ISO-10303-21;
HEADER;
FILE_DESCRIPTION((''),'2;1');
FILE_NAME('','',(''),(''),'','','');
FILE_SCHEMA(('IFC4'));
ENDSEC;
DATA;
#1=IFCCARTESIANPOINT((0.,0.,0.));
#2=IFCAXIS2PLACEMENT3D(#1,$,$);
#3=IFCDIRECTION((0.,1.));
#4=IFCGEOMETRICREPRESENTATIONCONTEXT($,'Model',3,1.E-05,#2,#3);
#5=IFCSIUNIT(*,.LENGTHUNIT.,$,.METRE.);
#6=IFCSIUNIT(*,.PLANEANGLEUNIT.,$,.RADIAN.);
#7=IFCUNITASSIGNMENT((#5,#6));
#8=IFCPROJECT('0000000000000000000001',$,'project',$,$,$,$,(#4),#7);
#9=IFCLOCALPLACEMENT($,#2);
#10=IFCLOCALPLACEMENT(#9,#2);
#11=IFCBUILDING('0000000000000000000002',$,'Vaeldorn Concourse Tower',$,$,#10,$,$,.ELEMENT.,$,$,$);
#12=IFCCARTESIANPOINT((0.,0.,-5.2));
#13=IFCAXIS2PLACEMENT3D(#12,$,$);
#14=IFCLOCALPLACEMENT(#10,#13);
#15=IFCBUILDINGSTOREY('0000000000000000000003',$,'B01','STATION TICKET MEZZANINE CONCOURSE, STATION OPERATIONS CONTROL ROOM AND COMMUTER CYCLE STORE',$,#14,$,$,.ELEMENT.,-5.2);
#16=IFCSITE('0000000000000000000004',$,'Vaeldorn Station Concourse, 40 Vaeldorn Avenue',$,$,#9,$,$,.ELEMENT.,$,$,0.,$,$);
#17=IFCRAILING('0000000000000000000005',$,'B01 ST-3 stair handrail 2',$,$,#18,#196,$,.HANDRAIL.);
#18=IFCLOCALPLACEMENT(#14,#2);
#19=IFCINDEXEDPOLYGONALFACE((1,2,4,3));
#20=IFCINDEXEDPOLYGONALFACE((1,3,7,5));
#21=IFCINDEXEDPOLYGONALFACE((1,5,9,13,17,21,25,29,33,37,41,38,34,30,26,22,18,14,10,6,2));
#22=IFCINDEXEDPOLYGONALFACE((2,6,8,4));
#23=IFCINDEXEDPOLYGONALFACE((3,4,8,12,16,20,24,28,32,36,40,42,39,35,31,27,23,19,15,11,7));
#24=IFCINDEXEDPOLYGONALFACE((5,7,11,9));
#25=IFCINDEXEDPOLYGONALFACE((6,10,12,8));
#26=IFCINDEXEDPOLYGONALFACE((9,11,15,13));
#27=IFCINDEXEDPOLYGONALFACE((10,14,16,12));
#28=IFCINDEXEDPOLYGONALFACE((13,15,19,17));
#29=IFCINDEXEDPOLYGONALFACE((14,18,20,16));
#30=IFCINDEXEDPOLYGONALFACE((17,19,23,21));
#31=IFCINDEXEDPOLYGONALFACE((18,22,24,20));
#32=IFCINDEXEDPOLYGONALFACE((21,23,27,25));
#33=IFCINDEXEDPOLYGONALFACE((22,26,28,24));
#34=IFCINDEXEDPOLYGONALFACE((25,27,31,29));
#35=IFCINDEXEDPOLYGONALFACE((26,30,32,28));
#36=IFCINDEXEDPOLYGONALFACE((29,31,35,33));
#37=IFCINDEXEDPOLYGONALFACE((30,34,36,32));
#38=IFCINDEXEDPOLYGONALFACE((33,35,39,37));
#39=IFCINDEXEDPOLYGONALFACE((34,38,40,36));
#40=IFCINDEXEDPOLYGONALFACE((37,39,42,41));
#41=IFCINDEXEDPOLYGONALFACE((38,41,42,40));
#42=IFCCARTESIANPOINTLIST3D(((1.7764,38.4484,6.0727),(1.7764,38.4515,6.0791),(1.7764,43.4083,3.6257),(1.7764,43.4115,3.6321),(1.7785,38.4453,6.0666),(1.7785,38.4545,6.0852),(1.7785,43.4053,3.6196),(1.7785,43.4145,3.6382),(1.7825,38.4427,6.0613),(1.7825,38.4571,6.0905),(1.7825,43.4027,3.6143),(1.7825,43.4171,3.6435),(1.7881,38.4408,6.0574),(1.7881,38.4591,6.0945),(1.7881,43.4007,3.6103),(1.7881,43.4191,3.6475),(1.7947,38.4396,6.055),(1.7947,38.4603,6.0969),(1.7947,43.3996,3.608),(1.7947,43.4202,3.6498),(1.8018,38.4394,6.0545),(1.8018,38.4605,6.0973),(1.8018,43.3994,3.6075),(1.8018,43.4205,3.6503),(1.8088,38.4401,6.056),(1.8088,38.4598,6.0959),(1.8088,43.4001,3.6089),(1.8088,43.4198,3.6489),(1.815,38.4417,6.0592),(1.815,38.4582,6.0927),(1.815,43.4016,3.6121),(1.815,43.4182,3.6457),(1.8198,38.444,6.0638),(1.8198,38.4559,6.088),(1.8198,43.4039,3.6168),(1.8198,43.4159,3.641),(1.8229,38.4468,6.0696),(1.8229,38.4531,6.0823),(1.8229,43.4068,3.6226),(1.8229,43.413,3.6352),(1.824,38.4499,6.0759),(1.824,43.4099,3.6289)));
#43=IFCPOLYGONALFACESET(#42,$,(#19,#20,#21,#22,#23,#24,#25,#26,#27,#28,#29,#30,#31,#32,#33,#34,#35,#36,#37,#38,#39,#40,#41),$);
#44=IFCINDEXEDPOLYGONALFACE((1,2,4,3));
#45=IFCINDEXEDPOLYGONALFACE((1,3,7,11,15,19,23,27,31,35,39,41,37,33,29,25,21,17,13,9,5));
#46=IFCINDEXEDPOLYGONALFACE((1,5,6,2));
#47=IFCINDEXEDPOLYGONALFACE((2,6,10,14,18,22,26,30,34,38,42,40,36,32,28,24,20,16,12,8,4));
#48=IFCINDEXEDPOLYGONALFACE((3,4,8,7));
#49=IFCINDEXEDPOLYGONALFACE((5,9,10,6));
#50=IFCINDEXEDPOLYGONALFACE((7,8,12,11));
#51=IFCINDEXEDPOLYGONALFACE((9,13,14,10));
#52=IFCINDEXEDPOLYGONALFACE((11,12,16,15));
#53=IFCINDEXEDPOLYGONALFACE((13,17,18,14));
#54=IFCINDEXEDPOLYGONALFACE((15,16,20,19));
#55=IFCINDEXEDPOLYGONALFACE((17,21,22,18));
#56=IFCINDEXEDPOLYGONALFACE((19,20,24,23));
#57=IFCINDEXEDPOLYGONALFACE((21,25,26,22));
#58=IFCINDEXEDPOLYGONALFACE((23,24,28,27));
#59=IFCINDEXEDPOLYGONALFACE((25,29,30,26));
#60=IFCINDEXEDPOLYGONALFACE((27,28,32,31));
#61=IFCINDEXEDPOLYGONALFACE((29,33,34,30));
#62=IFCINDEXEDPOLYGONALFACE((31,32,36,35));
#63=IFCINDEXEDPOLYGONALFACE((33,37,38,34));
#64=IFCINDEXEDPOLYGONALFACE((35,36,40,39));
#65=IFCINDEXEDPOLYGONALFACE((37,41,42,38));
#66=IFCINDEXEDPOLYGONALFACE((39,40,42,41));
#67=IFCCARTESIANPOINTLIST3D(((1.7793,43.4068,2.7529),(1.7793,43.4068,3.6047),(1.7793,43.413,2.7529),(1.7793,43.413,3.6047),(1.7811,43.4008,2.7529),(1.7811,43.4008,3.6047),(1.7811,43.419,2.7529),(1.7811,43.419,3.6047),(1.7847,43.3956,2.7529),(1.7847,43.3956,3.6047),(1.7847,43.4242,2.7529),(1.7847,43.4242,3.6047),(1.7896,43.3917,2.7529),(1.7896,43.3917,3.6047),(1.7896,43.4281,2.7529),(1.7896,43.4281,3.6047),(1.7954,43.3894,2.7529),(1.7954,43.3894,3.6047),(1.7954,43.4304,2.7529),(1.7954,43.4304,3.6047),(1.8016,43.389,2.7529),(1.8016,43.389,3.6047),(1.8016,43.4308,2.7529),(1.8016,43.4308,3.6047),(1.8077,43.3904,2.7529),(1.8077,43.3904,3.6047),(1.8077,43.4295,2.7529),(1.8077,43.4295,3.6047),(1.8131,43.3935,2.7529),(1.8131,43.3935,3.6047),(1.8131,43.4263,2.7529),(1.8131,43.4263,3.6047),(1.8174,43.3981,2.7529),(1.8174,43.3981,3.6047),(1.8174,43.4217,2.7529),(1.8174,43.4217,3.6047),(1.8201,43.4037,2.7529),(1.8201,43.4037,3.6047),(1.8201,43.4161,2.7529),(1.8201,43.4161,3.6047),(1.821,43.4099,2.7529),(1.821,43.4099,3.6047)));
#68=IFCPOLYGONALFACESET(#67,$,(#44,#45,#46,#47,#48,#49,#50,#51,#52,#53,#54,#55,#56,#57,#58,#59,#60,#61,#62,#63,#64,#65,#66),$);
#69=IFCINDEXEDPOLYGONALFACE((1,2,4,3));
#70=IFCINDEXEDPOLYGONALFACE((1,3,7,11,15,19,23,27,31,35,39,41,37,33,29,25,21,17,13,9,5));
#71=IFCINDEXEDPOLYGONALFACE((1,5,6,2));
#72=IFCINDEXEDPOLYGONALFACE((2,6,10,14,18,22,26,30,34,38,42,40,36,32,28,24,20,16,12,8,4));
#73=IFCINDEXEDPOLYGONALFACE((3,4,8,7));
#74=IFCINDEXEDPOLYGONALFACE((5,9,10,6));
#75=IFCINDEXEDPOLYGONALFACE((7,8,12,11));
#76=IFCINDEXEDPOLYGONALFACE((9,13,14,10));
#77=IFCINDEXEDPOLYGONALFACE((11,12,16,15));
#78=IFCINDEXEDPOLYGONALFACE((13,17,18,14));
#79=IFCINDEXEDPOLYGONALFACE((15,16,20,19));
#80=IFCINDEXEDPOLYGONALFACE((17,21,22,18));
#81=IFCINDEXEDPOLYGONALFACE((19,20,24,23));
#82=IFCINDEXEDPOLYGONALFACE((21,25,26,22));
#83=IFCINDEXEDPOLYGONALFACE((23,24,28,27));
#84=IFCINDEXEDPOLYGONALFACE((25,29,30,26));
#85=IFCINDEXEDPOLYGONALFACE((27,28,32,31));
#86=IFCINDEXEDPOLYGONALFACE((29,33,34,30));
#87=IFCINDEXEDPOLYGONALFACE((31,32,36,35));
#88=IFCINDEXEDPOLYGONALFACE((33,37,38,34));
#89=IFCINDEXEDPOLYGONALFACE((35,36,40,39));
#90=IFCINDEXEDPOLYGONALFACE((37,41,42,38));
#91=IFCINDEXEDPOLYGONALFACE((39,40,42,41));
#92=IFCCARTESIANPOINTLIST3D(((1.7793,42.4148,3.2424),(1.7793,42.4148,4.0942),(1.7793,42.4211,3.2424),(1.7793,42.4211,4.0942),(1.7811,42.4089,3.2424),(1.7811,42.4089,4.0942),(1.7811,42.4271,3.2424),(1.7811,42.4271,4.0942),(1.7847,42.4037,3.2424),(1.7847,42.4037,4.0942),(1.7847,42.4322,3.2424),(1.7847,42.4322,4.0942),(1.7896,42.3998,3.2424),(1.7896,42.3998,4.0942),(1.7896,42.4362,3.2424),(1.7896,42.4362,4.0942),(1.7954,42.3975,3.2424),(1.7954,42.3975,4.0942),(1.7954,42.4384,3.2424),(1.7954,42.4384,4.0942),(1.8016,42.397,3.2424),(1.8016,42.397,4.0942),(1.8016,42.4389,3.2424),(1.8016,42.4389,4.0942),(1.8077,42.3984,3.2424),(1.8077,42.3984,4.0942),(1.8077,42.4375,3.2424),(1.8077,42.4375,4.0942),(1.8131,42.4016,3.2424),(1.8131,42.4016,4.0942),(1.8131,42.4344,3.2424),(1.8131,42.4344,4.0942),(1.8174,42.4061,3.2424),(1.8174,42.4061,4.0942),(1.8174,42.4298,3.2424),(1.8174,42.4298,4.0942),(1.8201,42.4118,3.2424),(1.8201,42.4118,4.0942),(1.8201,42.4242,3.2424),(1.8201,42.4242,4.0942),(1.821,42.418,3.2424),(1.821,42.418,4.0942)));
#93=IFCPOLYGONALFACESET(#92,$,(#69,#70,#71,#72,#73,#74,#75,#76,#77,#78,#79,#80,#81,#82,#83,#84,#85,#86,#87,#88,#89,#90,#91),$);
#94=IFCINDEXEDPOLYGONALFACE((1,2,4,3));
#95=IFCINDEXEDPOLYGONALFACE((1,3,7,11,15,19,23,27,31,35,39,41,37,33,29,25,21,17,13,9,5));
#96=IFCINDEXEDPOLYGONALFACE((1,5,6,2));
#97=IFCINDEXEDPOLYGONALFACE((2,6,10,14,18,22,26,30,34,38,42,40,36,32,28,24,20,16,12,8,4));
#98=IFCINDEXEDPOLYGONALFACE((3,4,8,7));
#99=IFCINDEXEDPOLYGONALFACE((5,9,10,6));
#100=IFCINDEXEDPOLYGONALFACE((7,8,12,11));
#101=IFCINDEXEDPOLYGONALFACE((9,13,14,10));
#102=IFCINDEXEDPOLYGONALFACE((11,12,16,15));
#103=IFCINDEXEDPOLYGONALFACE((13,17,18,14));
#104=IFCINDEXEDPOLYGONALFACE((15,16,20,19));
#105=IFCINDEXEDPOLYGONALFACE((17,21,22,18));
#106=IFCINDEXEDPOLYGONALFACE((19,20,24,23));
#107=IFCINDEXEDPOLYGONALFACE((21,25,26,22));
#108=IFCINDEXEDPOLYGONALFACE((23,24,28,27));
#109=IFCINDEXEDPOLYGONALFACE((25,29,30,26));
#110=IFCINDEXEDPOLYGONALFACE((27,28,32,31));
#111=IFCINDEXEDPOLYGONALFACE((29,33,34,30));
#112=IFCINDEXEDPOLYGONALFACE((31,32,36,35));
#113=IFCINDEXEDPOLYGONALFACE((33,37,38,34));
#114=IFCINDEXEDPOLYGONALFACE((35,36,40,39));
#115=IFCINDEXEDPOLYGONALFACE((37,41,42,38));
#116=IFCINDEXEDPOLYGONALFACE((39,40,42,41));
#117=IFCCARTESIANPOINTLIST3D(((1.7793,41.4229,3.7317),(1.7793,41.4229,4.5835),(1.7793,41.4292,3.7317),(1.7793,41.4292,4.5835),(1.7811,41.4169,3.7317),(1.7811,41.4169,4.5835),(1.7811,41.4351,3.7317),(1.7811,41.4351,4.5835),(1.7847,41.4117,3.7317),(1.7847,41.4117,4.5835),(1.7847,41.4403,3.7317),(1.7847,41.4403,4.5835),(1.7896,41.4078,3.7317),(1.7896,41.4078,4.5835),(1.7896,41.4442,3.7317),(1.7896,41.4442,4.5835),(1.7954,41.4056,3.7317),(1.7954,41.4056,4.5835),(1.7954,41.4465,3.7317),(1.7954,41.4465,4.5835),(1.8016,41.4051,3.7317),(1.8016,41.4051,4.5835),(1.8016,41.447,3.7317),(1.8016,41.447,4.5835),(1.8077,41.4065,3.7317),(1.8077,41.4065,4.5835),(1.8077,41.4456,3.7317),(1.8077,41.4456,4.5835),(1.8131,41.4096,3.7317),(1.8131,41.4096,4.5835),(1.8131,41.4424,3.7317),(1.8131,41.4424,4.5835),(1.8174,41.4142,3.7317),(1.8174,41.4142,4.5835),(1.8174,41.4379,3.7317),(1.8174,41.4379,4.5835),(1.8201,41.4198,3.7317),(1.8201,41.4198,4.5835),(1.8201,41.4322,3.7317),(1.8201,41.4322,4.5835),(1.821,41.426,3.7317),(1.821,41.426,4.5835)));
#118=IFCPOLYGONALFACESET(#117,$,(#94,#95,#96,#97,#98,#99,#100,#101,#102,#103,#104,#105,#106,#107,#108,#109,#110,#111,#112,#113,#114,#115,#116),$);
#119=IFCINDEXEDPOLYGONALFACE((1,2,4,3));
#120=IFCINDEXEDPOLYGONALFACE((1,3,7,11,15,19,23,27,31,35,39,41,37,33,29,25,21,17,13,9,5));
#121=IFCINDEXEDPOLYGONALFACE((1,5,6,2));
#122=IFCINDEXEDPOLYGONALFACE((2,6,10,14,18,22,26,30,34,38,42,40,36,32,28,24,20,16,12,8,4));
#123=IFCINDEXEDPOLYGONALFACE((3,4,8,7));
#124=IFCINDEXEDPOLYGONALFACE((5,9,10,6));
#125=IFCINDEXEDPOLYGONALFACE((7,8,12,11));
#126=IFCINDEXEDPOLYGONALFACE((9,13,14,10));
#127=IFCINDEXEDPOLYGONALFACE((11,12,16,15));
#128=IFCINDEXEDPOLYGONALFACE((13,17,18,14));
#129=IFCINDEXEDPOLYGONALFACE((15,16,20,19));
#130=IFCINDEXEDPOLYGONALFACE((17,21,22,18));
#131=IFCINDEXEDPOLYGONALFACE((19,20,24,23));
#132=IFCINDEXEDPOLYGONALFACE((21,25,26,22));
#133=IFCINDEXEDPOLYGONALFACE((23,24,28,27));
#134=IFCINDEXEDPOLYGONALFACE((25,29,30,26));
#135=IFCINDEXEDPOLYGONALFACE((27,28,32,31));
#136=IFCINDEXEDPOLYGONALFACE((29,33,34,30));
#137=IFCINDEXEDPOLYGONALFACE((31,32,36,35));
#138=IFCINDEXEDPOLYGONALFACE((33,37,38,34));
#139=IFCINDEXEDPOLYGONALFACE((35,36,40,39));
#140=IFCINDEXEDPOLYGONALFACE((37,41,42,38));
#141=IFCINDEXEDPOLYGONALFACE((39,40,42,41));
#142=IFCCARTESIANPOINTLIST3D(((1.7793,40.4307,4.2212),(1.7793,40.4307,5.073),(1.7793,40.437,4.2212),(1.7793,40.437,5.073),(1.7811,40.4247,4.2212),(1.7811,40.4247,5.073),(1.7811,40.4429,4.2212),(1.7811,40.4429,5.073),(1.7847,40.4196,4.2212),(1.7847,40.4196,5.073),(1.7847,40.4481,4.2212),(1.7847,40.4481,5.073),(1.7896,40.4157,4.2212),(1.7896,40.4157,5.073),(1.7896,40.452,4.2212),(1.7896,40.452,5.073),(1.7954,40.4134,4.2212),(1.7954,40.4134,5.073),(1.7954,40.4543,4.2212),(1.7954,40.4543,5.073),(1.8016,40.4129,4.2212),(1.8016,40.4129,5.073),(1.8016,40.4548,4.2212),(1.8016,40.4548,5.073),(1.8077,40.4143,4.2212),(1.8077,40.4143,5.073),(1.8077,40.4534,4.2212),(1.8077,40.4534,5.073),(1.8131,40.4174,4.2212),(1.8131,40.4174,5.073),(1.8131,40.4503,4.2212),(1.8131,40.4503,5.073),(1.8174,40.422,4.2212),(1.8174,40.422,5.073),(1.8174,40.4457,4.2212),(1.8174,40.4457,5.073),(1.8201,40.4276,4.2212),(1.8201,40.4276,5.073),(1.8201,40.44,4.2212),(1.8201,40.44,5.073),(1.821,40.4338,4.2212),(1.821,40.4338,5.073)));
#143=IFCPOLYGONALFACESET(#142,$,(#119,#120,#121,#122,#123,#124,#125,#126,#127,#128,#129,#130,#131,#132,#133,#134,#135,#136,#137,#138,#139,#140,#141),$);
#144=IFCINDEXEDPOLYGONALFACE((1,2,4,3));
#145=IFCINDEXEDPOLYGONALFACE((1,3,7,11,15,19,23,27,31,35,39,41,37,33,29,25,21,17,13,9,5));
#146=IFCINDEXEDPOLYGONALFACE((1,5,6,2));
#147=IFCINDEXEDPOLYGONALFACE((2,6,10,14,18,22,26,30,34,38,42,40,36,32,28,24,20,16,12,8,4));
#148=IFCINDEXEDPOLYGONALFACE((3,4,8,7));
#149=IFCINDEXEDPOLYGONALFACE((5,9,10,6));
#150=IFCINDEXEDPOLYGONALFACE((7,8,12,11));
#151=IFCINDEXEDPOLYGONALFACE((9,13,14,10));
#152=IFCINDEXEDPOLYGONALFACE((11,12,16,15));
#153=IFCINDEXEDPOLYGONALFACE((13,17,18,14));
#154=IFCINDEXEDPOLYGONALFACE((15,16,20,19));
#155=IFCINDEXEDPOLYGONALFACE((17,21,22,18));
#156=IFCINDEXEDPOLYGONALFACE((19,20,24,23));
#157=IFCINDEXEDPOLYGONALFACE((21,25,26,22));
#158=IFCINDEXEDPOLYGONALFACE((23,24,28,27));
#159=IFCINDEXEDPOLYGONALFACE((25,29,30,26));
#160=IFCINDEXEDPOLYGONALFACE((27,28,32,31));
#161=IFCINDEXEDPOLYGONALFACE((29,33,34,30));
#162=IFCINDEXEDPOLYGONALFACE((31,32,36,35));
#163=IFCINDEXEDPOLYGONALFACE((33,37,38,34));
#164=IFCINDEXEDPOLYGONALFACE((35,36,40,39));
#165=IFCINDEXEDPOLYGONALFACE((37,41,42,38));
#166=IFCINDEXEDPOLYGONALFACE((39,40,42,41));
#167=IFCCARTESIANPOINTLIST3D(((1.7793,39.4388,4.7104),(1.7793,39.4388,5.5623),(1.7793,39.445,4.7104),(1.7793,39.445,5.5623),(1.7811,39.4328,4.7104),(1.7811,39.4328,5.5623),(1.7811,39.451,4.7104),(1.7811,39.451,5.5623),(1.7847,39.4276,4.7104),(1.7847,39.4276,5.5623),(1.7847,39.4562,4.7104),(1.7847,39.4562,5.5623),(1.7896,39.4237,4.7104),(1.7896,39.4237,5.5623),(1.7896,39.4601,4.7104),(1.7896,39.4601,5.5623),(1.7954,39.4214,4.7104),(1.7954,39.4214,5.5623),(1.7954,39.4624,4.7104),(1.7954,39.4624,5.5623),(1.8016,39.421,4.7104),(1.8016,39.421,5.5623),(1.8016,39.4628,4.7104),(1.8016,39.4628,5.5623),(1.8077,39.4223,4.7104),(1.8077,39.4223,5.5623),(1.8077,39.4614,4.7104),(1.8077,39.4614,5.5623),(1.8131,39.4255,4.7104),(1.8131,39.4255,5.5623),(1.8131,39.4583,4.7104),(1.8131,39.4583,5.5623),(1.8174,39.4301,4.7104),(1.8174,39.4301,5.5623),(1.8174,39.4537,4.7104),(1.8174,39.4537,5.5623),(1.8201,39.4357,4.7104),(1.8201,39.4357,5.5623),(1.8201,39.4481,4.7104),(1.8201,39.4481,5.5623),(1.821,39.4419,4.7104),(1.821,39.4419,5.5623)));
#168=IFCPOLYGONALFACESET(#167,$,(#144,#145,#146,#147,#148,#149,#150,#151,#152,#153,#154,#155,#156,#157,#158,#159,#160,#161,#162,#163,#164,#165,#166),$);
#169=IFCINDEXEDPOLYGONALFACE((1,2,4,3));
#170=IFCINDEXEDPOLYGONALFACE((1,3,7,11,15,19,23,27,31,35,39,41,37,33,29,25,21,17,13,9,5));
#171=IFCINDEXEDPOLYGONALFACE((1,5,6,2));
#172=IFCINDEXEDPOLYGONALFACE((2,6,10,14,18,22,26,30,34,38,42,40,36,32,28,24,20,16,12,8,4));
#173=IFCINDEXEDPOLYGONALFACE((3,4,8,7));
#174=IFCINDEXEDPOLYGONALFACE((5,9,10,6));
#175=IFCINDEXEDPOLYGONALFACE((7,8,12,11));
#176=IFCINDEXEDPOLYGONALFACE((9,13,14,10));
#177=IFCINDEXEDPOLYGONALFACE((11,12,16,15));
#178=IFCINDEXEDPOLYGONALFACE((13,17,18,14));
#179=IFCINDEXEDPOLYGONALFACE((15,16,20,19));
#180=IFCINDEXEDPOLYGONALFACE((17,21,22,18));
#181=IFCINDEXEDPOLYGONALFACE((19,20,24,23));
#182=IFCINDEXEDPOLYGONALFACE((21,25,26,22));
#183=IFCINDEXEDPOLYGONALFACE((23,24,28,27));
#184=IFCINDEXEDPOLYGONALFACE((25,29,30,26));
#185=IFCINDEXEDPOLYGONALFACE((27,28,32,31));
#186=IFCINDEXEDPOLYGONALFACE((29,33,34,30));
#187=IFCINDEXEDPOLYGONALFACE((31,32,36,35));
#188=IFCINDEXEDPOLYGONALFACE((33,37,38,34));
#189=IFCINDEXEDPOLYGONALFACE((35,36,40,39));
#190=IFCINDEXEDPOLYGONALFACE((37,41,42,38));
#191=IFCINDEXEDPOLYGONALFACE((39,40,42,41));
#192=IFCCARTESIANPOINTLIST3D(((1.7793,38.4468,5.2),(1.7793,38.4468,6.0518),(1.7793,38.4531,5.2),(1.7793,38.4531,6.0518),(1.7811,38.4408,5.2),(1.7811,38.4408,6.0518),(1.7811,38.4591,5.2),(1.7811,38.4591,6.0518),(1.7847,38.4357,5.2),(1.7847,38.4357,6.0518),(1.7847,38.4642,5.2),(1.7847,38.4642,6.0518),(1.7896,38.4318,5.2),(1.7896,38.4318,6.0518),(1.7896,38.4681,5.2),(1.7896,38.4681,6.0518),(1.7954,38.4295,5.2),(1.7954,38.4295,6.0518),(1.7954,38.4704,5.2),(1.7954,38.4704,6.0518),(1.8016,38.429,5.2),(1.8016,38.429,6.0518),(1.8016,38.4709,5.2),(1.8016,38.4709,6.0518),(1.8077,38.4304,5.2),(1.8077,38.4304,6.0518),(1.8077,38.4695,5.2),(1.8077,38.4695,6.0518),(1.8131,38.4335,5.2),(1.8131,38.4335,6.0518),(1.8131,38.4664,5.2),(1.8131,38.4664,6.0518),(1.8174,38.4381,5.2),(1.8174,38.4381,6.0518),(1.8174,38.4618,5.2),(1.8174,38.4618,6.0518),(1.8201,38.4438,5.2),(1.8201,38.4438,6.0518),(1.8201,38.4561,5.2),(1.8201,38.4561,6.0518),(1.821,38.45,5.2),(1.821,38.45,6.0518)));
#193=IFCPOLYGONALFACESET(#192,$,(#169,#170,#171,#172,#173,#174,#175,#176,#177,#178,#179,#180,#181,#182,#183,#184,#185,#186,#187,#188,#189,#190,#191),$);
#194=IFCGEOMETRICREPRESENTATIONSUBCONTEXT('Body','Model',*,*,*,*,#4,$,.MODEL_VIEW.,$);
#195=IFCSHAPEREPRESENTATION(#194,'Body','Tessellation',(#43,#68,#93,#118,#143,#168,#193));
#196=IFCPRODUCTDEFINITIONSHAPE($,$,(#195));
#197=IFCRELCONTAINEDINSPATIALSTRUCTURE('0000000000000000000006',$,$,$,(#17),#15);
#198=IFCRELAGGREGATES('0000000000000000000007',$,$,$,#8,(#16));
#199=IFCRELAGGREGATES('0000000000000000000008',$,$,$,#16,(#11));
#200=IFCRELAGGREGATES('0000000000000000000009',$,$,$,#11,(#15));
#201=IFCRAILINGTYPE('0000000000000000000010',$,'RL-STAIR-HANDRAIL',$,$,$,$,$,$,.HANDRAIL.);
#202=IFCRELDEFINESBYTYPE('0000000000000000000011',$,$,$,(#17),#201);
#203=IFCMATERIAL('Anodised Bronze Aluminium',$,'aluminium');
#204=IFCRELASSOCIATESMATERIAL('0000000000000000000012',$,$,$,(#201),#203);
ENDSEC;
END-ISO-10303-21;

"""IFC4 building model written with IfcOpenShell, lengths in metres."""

from ifc_helpers import new_model, si_unit, direction, frame, origin, origin_2d, place, context, subcontext, project, spatial, circle, extrude, material, type_object, element, save


model = new_model("IFC4")

# Units and contexts
model_context = context("Model", 3, precision=1e-05, world=origin(), true_north=direction((0.0, 1.0)))
body_context = subcontext(model_context, "Body", "Model", "MODEL_VIEW")
ifc_project = project(units=[si_unit("LENGTHUNIT", "METRE"), si_unit("PLANEANGLEUNIT", "RADIAN")], contexts=[model_context])

# Site, building, storey
site_placement = place(None, origin())
site = spatial("IfcSite", under=ifc_project, at=site_placement, Name="Vaeldorn Station Concourse, 40 Vaeldorn Avenue", CompositionType="ELEMENT", RefElevation=0.0)
building_placement = place(site_placement, origin())
building = spatial("IfcBuilding", under=site, at=building_placement, Name="Vaeldorn Concourse Tower", CompositionType="ELEMENT")
storey_placement = place(building_placement, frame((0.0, 0.0, -5.2)))
storey = spatial("IfcBuildingStorey", under=building, at=storey_placement, Name="B01", Description="STATION TICKET MEZZANINE CONCOURSE, STATION OPERATIONS CONTROL ROOM AND COMMUTER CYCLE STORE", CompositionType="ELEMENT", Elevation=-5.2)

# Railing
ifc_material_1 = material(Name="Anodised Bronze Aluminium", Category="aluminium")
railing_type_1 = type_object("IfcRailingType", Name="RL-STAIR-HANDRAIL", PredefinedType="HANDRAIL", material=ifc_material_1)
railing_1_placement = place(storey_placement, frame((1.8, 43.4099, 2.7529)))
element("IfcRailing", 1, at=railing_1_placement, inside=storey, type_object=railing_type_1, Name="B01 ST-3 stair handrail 2", PredefinedType="HANDRAIL", context=body_context, shape_type="SweptSolid", body=[
    extrude(circle(Radius=0.0239, at=origin_2d()), frame((0.0, 0.0, 0.876), z_axis=(0.0, -0.896798, 0.44244), x_axis=(1.0, 0.0, 0.0)), (0.0, 0.0, 1.0), 5.5308),
    extrude(circle(Radius=0.021, at=origin_2d()), origin(), (0.0, 0.0, 1.0), 0.8518),
    extrude(circle(Radius=0.021, at=origin_2d()), frame((0.0, -0.9919, 0.4895)), (0.0, 0.0, 1.0), 0.8518),
    extrude(circle(Radius=0.021, at=origin_2d()), frame((0.0, -1.9839, 0.9788)), (0.0, 0.0, 1.0), 0.8518),
    extrude(circle(Radius=0.021, at=origin_2d()), frame((0.0, -2.9761, 1.4683)), (0.0, 0.0, 1.0), 0.8518),
    extrude(circle(Radius=0.021, at=origin_2d()), frame((0.0, -3.968, 1.9575)), (0.0, 0.0, 1.0), 0.8518),
    extrude(circle(Radius=0.021, at=origin_2d()), frame((0.0, -4.96, 2.447)), (0.0, 0.0, 1.0), 0.8518),
])

save(model, "model.ifc")
